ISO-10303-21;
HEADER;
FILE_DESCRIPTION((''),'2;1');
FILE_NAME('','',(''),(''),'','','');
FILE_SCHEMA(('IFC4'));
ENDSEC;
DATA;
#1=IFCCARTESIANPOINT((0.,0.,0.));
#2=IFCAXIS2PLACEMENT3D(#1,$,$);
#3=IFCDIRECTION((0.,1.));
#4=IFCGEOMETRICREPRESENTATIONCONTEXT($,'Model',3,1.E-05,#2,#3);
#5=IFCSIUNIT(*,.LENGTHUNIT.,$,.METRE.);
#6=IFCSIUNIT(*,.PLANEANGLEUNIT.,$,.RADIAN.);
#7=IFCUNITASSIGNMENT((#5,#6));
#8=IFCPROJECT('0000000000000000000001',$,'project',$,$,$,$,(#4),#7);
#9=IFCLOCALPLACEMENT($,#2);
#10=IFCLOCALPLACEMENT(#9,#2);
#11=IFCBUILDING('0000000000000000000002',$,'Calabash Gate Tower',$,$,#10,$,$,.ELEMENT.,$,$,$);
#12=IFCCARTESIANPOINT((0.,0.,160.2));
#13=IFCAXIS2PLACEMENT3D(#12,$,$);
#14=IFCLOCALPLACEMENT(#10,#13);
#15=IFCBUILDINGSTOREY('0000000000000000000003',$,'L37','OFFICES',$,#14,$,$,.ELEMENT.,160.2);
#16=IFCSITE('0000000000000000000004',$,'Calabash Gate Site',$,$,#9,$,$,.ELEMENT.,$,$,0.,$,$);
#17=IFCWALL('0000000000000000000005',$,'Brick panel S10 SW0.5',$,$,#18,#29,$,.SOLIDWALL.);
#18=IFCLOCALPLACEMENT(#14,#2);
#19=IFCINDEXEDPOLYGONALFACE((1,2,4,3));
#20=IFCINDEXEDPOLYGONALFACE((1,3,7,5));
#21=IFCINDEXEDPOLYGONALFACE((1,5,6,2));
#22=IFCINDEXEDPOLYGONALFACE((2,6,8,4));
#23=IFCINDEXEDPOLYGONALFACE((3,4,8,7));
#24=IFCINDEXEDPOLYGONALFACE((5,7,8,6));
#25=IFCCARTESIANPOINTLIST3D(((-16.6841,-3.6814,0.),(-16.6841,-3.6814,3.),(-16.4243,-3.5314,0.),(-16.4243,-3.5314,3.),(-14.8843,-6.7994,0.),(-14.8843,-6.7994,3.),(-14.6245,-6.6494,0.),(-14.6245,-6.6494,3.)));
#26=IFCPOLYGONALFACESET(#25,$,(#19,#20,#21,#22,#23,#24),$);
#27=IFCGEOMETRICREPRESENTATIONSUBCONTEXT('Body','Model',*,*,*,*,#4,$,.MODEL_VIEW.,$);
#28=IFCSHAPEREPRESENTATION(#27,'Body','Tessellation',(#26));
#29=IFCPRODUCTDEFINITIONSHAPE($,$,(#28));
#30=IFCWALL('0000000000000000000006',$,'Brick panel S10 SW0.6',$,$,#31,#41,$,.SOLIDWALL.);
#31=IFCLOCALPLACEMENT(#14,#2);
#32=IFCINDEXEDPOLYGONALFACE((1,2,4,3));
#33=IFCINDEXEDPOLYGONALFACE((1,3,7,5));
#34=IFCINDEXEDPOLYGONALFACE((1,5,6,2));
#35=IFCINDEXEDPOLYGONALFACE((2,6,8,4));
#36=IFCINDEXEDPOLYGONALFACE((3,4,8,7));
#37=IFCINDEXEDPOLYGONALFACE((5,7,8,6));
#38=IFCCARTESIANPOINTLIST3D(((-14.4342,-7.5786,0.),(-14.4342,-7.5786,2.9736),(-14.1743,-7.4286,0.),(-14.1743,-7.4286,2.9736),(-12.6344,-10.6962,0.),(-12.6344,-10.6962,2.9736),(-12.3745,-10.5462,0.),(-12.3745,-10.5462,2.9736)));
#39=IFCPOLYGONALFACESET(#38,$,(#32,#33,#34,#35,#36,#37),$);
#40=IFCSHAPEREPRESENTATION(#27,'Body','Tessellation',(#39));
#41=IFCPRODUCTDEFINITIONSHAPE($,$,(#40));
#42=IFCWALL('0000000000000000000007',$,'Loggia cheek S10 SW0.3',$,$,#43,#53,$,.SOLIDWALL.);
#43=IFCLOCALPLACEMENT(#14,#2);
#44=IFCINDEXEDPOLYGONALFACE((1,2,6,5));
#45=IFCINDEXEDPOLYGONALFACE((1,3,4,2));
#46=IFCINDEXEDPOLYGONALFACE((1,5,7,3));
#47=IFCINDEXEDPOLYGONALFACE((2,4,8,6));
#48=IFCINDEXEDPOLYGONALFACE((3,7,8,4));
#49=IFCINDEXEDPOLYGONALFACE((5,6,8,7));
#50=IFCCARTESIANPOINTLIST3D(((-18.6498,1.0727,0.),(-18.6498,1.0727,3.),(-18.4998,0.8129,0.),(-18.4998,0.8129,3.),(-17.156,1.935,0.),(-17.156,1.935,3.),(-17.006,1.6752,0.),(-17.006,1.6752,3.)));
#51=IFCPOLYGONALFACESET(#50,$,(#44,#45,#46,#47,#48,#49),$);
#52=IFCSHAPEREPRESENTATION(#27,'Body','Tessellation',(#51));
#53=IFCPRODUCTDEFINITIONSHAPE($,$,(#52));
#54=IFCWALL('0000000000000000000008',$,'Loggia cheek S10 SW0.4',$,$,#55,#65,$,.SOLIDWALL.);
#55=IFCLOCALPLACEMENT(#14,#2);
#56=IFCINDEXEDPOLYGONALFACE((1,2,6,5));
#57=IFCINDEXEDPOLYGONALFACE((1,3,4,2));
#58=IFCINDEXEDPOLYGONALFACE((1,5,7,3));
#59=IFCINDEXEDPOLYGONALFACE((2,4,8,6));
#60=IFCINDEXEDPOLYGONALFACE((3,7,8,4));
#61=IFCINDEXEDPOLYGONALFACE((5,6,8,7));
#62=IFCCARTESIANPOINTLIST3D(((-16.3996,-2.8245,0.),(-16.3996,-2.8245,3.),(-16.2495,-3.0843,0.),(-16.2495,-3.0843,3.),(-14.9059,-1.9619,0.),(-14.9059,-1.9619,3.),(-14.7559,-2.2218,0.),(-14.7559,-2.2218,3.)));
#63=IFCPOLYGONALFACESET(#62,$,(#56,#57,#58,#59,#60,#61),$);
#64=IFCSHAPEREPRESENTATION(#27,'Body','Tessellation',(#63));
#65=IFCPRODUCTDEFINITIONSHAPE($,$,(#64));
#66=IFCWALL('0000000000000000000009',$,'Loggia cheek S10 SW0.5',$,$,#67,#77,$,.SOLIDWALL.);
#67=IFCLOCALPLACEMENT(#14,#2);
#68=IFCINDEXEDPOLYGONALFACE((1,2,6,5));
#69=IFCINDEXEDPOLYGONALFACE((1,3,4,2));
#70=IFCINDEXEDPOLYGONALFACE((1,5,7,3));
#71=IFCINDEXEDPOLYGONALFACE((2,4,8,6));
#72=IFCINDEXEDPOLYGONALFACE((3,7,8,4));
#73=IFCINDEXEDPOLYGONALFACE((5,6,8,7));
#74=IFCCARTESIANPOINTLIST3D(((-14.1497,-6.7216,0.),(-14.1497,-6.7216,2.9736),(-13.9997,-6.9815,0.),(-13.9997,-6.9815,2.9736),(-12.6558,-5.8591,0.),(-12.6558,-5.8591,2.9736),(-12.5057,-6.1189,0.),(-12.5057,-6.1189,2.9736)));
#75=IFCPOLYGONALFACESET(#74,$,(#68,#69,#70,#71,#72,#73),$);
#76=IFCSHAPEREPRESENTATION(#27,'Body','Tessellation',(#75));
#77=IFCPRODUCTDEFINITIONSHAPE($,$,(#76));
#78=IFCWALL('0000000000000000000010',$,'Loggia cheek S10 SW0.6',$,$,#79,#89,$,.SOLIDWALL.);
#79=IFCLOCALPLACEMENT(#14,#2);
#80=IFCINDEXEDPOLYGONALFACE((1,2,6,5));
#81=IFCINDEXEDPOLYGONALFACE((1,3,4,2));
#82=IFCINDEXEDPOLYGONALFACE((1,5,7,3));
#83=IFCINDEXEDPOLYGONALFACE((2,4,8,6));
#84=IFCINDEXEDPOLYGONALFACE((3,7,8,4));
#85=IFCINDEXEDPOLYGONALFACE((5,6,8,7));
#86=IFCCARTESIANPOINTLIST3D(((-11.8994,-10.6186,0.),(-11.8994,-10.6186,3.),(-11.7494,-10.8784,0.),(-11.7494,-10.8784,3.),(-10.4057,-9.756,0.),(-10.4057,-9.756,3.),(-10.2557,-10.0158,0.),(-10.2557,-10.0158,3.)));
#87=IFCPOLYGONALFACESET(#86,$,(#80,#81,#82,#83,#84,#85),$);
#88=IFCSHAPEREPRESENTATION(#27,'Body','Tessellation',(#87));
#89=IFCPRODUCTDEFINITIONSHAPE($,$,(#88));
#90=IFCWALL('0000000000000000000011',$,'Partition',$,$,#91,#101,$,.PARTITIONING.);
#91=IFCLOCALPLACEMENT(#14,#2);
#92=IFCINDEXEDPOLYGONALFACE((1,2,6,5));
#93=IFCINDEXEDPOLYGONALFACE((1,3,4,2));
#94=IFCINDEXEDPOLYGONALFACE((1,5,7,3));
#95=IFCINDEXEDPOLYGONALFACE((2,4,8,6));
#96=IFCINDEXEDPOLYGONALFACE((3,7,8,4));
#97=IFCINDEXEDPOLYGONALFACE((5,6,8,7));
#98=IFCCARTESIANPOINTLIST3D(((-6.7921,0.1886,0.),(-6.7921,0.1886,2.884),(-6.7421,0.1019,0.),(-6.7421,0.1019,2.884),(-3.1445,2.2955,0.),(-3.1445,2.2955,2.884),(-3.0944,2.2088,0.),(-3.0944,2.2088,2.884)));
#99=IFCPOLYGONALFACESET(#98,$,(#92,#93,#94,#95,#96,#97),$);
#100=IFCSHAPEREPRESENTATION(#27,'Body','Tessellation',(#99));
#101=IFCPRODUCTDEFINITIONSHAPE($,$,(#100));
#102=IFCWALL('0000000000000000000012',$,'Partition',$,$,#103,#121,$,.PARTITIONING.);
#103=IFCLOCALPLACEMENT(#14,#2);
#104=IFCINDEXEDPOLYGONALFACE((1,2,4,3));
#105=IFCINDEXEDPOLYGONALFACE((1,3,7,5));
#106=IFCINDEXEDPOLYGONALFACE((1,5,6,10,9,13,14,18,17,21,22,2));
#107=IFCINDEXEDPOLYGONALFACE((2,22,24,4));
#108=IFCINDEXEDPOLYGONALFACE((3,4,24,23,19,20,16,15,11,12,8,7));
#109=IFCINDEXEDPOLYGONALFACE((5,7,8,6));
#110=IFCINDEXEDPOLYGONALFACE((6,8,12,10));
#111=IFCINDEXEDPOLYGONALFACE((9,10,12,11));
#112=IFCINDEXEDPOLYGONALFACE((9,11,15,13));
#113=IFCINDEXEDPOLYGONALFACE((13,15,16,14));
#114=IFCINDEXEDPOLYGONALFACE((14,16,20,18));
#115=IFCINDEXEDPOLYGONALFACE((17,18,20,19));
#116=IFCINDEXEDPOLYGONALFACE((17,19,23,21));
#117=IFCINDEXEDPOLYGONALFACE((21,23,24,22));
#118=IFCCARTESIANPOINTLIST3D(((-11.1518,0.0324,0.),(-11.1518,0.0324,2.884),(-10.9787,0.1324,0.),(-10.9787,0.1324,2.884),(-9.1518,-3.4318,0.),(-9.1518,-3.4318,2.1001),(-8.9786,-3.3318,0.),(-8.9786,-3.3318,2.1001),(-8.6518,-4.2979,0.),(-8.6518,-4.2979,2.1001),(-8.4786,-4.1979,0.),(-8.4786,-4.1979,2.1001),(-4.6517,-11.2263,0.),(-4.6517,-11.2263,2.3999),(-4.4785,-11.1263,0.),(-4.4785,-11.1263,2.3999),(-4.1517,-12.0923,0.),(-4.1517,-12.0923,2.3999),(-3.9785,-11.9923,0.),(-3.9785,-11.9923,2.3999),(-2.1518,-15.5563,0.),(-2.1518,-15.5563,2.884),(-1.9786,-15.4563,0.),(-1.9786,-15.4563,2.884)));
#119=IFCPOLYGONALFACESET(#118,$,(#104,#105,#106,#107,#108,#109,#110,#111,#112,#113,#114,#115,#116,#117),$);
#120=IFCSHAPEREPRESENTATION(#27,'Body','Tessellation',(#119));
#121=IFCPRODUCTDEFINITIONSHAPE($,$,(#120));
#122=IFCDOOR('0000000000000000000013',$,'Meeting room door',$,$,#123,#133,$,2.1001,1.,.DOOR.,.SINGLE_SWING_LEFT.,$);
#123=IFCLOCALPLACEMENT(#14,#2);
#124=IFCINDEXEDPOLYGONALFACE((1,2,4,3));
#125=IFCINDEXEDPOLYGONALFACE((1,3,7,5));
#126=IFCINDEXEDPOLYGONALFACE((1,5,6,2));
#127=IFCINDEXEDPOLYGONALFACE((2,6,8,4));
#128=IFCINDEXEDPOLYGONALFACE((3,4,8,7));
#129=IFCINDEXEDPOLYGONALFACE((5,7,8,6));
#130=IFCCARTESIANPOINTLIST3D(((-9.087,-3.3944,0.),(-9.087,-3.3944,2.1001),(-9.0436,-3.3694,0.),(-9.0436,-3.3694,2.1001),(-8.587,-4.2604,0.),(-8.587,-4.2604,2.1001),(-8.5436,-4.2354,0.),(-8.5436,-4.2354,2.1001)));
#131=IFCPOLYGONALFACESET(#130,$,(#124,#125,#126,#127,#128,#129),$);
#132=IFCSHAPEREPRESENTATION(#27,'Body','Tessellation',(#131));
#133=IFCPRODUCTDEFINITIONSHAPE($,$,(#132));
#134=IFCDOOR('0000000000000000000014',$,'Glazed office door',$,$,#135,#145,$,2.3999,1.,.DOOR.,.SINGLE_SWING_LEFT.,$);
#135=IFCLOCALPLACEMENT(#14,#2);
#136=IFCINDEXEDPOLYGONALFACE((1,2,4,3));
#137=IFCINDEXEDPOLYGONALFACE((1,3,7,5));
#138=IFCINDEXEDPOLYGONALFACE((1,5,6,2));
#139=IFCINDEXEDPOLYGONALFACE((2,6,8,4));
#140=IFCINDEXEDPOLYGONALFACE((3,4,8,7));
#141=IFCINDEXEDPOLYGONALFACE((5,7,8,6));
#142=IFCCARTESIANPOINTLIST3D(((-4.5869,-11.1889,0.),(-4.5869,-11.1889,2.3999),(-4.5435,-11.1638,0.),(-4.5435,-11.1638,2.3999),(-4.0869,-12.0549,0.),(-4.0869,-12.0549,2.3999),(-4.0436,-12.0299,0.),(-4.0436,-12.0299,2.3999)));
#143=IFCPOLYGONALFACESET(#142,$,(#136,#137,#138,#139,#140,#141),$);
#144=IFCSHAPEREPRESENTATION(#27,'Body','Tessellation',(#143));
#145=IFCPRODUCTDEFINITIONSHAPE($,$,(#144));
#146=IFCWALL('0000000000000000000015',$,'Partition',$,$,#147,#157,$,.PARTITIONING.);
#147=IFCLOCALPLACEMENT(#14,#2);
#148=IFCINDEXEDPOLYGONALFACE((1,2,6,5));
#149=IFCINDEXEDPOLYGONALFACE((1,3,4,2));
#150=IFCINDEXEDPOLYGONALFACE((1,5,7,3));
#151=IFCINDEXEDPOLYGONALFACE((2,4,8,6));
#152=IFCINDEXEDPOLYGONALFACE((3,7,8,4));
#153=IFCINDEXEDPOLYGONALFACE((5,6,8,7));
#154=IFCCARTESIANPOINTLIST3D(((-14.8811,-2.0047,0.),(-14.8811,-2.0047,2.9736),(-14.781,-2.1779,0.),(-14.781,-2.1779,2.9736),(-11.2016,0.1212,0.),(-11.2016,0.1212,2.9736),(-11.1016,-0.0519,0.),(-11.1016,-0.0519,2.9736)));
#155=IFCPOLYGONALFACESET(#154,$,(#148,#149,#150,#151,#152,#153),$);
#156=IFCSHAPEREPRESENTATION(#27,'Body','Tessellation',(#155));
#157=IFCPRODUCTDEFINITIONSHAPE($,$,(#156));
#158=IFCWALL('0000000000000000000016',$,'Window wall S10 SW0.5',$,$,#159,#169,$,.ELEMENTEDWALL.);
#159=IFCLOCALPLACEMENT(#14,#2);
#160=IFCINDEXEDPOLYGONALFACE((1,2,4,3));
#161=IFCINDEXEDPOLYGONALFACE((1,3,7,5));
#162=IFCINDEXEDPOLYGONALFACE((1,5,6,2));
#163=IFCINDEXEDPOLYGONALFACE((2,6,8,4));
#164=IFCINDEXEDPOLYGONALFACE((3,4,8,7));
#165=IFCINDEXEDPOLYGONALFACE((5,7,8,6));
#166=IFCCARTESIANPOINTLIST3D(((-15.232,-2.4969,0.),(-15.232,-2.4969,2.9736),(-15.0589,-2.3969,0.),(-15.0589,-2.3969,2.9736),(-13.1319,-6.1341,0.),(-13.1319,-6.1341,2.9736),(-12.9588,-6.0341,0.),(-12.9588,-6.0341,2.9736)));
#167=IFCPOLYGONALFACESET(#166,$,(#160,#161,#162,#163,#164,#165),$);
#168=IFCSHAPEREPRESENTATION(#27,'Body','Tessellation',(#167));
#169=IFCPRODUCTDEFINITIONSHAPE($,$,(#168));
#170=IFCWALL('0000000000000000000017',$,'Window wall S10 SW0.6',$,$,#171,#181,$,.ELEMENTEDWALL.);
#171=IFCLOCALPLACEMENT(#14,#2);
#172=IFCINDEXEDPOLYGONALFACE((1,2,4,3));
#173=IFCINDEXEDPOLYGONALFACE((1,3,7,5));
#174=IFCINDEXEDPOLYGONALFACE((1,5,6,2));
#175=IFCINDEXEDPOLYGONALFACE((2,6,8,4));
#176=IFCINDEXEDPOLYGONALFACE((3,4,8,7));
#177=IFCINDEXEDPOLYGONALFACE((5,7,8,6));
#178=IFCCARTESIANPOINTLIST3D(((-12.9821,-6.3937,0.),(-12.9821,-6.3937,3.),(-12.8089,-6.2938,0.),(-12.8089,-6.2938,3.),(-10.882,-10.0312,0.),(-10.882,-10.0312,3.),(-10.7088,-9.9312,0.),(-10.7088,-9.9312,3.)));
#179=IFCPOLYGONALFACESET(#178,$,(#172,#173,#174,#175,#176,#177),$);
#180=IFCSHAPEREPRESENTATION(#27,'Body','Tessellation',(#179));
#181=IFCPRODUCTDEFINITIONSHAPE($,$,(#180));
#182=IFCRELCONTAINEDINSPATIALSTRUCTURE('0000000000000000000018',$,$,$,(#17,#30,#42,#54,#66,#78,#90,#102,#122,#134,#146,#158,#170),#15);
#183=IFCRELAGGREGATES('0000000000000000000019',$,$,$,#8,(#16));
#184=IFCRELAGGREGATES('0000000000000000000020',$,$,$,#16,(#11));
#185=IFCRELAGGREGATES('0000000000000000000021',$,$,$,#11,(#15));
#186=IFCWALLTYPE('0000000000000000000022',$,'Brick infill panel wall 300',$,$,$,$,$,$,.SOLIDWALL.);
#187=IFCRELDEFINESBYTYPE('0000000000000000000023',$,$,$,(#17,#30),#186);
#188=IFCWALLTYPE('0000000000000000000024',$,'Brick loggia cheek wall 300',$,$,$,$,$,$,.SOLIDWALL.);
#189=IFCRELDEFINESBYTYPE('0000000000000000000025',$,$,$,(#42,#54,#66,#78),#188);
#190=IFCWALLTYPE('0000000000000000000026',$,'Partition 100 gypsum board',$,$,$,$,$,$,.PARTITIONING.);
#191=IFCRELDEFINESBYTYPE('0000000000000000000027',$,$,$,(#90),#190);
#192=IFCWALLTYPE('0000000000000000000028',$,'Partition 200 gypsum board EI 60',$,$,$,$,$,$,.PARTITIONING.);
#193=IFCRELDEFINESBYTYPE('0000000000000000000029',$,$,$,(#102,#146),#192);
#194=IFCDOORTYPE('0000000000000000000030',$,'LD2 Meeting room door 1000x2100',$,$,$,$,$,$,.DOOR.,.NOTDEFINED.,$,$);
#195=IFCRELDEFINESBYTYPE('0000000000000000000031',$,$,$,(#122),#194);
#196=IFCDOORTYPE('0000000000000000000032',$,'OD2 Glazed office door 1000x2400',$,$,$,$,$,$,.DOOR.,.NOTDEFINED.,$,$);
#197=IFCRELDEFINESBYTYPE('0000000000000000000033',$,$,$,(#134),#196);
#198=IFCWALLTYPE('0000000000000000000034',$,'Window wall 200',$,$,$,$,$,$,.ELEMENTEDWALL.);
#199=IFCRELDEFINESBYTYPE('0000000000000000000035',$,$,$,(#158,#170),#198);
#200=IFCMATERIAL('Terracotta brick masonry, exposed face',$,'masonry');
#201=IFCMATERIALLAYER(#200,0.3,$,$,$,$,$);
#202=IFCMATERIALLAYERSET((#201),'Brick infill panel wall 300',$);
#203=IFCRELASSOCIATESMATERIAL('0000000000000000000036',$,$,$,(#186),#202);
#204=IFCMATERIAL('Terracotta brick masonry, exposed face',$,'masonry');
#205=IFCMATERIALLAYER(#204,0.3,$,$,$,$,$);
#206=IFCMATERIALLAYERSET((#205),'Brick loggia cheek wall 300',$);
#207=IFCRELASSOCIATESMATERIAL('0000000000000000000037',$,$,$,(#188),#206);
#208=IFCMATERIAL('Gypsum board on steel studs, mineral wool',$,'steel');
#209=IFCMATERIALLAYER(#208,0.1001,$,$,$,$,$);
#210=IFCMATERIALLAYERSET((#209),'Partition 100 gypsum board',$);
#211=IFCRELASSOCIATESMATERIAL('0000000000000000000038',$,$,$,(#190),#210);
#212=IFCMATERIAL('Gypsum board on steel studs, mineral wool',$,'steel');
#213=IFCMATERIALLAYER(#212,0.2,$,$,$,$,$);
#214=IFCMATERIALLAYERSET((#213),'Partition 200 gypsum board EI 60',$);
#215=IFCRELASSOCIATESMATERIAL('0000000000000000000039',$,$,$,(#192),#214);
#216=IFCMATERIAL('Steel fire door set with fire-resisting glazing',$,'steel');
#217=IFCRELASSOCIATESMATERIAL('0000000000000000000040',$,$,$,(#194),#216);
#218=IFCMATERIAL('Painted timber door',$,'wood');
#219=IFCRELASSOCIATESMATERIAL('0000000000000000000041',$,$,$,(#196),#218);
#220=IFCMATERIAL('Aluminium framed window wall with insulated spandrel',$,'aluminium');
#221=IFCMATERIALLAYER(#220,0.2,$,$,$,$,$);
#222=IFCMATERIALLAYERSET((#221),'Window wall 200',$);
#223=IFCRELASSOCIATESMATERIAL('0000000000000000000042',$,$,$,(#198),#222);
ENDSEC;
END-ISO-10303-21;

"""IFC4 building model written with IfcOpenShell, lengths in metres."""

from ifc_helpers import new_model, si_unit, direction, frame, frame_2d, origin, place, context, subcontext, project, spatial, rectangle, extrude, material, layer, layer_set, type_object, element, fill, save


model = new_model("IFC4")

# Units and contexts
model_context = context("Model", 3, precision=1e-05, world=origin(), true_north=direction((0.0, 1.0)))
body_context = subcontext(model_context, "Body", "Model", "MODEL_VIEW")
ifc_project = project(units=[si_unit("LENGTHUNIT", "METRE"), si_unit("PLANEANGLEUNIT", "RADIAN")], contexts=[model_context])

# Site, building, storey
site_placement = place(None, origin())
site = spatial("IfcSite", under=ifc_project, at=site_placement, Name="Calabash Gate Site", CompositionType="ELEMENT", RefElevation=0.0)
building_placement = place(site_placement, origin())
building = spatial("IfcBuilding", under=site, at=building_placement, Name="Calabash Gate Tower", CompositionType="ELEMENT")
storey_placement = place(building_placement, frame((0.0, 0.0, 160.2)))
storey = spatial("IfcBuildingStorey", under=building, at=storey_placement, Name="L37", Description="OFFICES", CompositionType="ELEMENT", Elevation=160.2)

# Walls
ifc_material_1 = material(Name="Terracotta brick masonry, exposed face", Category="masonry")
ifc_layer_1 = layer(ifc_material_1, 0.3)
ifc_layer_set_1 = layer_set([ifc_layer_1], Name="Brick infill panel wall 300")
wall_type_1 = type_object("IfcWallType", Name="Brick infill panel wall 300", PredefinedType="SOLIDWALL", material=ifc_layer_set_1)
wall_1_placement = place(storey_placement, frame((-16.5542, -3.6064, 0.0), z_axis=(0.0, 0.0, 1.0), x_axis=(0.499932, -0.866065, 0.0)))
element("IfcWall", 1, at=wall_1_placement, inside=storey, type_object=wall_type_1, Name="Brick panel S10 SW0.5", PredefinedType="SOLIDWALL", context=body_context, shape_type="SweptSolid", body=[
    extrude(rectangle(XDim=3.6001, YDim=0.3, at=frame_2d((1.8, 0.0))), origin(), (0.0, 0.0, 1.0), 3.0),
])
wall_2_placement = place(storey_placement, frame((-14.3042, -7.5037, 0.0), z_axis=(0.0, 0.0, 1.0), x_axis=(0.499961, -0.866048, 0.0)))
element("IfcWall", 2, at=wall_2_placement, inside=storey, type_object=wall_type_1, Name="Brick panel S10 SW0.6", PredefinedType="SOLIDWALL", context=body_context, shape_type="SweptSolid", body=[
    extrude(rectangle(XDim=3.5999, YDim=0.3, at=frame_2d((1.7998, 0.0))), origin(), (0.0, 0.0, 1.0), 2.9736),
])
ifc_material_2 = material(Name="Terracotta brick masonry, exposed face", Category="masonry")
ifc_layer_2 = layer(ifc_material_2, 0.3)
ifc_layer_set_2 = layer_set([ifc_layer_2], Name="Brick loggia cheek wall 300")
wall_type_2 = type_object("IfcWallType", Name="Brick loggia cheek wall 300", PredefinedType="SOLIDWALL", material=ifc_layer_set_2)
for number, where, z_axis, x_axis, name in (
    (3, (-18.5747, 0.9429, 0.0), (0.0, 0.0, 1.0), (0.866075, 0.499914, 0.0), "Loggia cheek S10 SW0.3"),
    (4, (-16.3245, -2.9543, 0.0), (0.0, 0.0, 1.0), (0.865978, 0.500082, 0.0), "Loggia cheek S10 SW0.4"),
):
    element("IfcWall", number, at=place(storey_placement, frame(where, z_axis=z_axis, x_axis=x_axis)), inside=storey, type_object=wall_type_2, Name=name, PredefinedType="SOLIDWALL", context=body_context, shape_type="SweptSolid", body=[
        extrude(rectangle(XDim=1.7249, YDim=0.3, at=frame_2d((0.8623, 0.0))), origin(), (0.0, 0.0, 1.0), 3.0),
    ])
wall_3_placement = place(storey_placement, frame((-14.0747, -6.8516, 0.0), z_axis=(0.0, 0.0, 1.0), x_axis=(0.866014, 0.500021, 0.0)))
element("IfcWall", 5, at=wall_3_placement, inside=storey, type_object=wall_type_2, Name="Loggia cheek S10 SW0.5", PredefinedType="SOLIDWALL", context=body_context, shape_type="SweptSolid", body=[
    extrude(rectangle(XDim=1.7251, YDim=0.3, at=frame_2d((0.8625, 0.0))), origin(), (0.0, 0.0, 1.0), 2.9736),
])
wall_4_placement = place(storey_placement, frame((-10.3308, -9.886, 0.0), z_axis=(0.0, 0.0, 1.0), x_axis=(-0.865978, -0.500082, 0.0)))
element("IfcWall", 6, at=wall_4_placement, inside=storey, type_object=wall_type_2, Name="Loggia cheek S10 SW0.6", PredefinedType="SOLIDWALL", context=body_context, shape_type="SweptSolid", body=[
    extrude(rectangle(XDim=1.7249, YDim=0.3, at=frame_2d((0.8623, 0.0))), origin(), (0.0, 0.0, 1.0), 3.0),
])
ifc_material_3 = material(Name="Gypsum board on steel studs, mineral wool", Category="steel")
ifc_layer_3 = layer(ifc_material_3, 0.1001)
ifc_layer_set_3 = layer_set([ifc_layer_3], Name="Partition 100 gypsum board")
wall_type_3 = type_object("IfcWallType", Name="Partition 100 gypsum board", PredefinedType="PARTITIONING", material=ifc_layer_set_3)
wall_5_placement = place(storey_placement, frame((-6.7671, 0.1453, 0.0), z_axis=(0.0, 0.0, 1.0), x_axis=(0.86593, 0.500166, 0.0)))
element("IfcWall", 7, at=wall_5_placement, inside=storey, type_object=wall_type_3, Name="Partition", PredefinedType="PARTITIONING", context=body_context, shape_type="SweptSolid", body=[
    extrude(rectangle(XDim=4.2124, YDim=0.1001, at=frame_2d((2.1062, 0.0))), origin(), (0.0, 0.0, 1.0), 2.884),
])

# Wall, openings, doors
ifc_material_4 = material(Name="Gypsum board on steel studs, mineral wool", Category="steel")
ifc_layer_4 = layer(ifc_material_4, 0.2)
ifc_layer_set_4 = layer_set([ifc_layer_4], Name="Partition 200 gypsum board EI 60")
wall_type_4 = type_object("IfcWallType", Name="Partition 200 gypsum board EI 60", PredefinedType="PARTITIONING", material=ifc_layer_set_4)
wall_6_placement = place(storey_placement, frame((-11.0652, 0.0823, 0.0), z_axis=(0.0, 0.0, 1.0), x_axis=(0.499996, -0.866028, 0.0)))
wall_6 = element("IfcWall", 8, at=wall_6_placement, inside=storey, type_object=wall_type_4, Name="Partition", PredefinedType="PARTITIONING", context=body_context, shape_type="SweptSolid", body=[
    extrude(rectangle(XDim=18.0002, YDim=0.2, at=frame_2d((9.0, 0.0))), origin(), (0.0, 0.0, 1.0), 2.884),
])
opening_1_placement = place(wall_6_placement, frame((4.0, 0.0, 0.0)))
opening_1 = element("IfcOpeningElement", 9, at=opening_1_placement, cuts=wall_6, PredefinedType="OPENING", context=body_context, shape_type="SweptSolid", body=[
    extrude(rectangle(XDim=1.0, YDim=2.1001, at=frame_2d((0.5, 1.05))), frame((0.0, 0.1099, 0.0), z_axis=(0.0, -1.0, 0.0), x_axis=(1.0, 0.0, 0.0)), (0.0, 0.0, 1.0), 0.22),
])
opening_2_placement = place(wall_6_placement, frame((13.0002, 0.0, 0.0)))
opening_2 = element("IfcOpeningElement", 10, at=opening_2_placement, cuts=wall_6, PredefinedType="OPENING", context=body_context, shape_type="SweptSolid", body=[
    extrude(rectangle(XDim=1.0, YDim=2.3999, at=frame_2d((0.5, 1.2))), frame((0.0, 0.1099, 0.0), z_axis=(0.0, -1.0, 0.0), x_axis=(1.0, 0.0, 0.0)), (0.0, 0.0, 1.0), 0.22),
])
ifc_material_5 = material(Name="Steel fire door set with fire-resisting glazing", Category="steel")
door_type_1 = type_object("IfcDoorType", Name="LD2 Meeting room door 1000x2100", OperationType="NOTDEFINED", PredefinedType="DOOR", material=ifc_material_5)
door_1_placement = place(opening_1_placement, origin())
door_1 = element("IfcDoor", 11, at=door_1_placement, inside=storey, type_object=door_type_1, Name="Meeting room door", OperationType="SINGLE_SWING_LEFT", OverallHeight=2.1001, OverallWidth=1.0, PredefinedType="DOOR", context=body_context, shape_type="SweptSolid", body=[
    extrude(rectangle(XDim=1.0, YDim=2.1001, at=frame_2d((0.5, 1.05))), frame((0.0, 0.0249, 0.0), z_axis=(0.0, -1.0, 0.0), x_axis=(1.0, 0.0, 0.0)), (0.0, 0.0, 1.0), 0.05),
])
fill(opening_1, door_1)
ifc_material_6 = material(Name="Painted timber door", Category="wood")
door_type_2 = type_object("IfcDoorType", Name="OD2 Glazed office door 1000x2400", OperationType="NOTDEFINED", PredefinedType="DOOR", material=ifc_material_6)
door_2_placement = place(opening_2_placement, origin())
door_2 = element("IfcDoor", 12, at=door_2_placement, inside=storey, type_object=door_type_2, Name="Glazed office door", OperationType="SINGLE_SWING_LEFT", OverallHeight=2.3999, OverallWidth=1.0, PredefinedType="DOOR", context=body_context, shape_type="SweptSolid", body=[
    extrude(rectangle(XDim=1.0, YDim=2.3999, at=frame_2d((0.5, 1.2))), frame((0.0, 0.0249, 0.0), z_axis=(0.0, -1.0, 0.0), x_axis=(1.0, 0.0, 0.0)), (0.0, 0.0, 1.0), 0.05),
])
fill(opening_2, door_2)

# Walls
wall_7_placement = place(storey_placement, frame((-14.8311, -2.0913, 0.0), z_axis=(0.0, 0.0, 1.0), x_axis=(0.865857, 0.500291, 0.0)))
element("IfcWall", 13, at=wall_7_placement, inside=storey, type_object=wall_type_4, Name="Partition", PredefinedType="PARTITIONING", context=body_context, shape_type="SweptSolid", body=[
    extrude(rectangle(XDim=4.2495, YDim=0.2, at=frame_2d((2.1248, 0.0))), origin(), (0.0, 0.0, 1.0), 2.9736),
])
ifc_material_7 = material(Name="Aluminium framed window wall with insulated spandrel", Category="aluminium")
ifc_layer_5 = layer(ifc_material_7, 0.2)
ifc_layer_set_5 = layer_set([ifc_layer_5], Name="Window wall 200")
wall_type_5 = type_object("IfcWallType", Name="Window wall 200", PredefinedType="ELEMENTEDWALL", material=ifc_layer_set_5)
wall_8_placement = place(storey_placement, frame((-15.1455, -2.4468, 0.0), z_axis=(0.0, 0.0, 1.0), x_axis=(0.500028, -0.866009, 0.0)))
element("IfcWall", 14, at=wall_8_placement, inside=storey, type_object=wall_type_5, Name="Window wall S10 SW0.5", PredefinedType="ELEMENTEDWALL", context=body_context, shape_type="SweptSolid", body=[
    extrude(rectangle(XDim=4.2, YDim=0.2, at=frame_2d((2.1001, 0.0))), origin(), (0.0, 0.0, 1.0), 2.9736),
])
wall_9_placement = place(storey_placement, frame((-12.8955, -6.3438, 0.0), z_axis=(0.0, 0.0, 1.0), x_axis=(0.500003, -0.866024, 0.0)))
element("IfcWall", 15, at=wall_9_placement, inside=storey, type_object=wall_type_5, Name="Window wall S10 SW0.6", PredefinedType="ELEMENTEDWALL", context=body_context, shape_type="SweptSolid", body=[
    extrude(rectangle(XDim=4.2002, YDim=0.2, at=frame_2d((2.1001, 0.0))), origin(), (0.0, 0.0, 1.0), 3.0),
])

save(model, "model.ifc")
